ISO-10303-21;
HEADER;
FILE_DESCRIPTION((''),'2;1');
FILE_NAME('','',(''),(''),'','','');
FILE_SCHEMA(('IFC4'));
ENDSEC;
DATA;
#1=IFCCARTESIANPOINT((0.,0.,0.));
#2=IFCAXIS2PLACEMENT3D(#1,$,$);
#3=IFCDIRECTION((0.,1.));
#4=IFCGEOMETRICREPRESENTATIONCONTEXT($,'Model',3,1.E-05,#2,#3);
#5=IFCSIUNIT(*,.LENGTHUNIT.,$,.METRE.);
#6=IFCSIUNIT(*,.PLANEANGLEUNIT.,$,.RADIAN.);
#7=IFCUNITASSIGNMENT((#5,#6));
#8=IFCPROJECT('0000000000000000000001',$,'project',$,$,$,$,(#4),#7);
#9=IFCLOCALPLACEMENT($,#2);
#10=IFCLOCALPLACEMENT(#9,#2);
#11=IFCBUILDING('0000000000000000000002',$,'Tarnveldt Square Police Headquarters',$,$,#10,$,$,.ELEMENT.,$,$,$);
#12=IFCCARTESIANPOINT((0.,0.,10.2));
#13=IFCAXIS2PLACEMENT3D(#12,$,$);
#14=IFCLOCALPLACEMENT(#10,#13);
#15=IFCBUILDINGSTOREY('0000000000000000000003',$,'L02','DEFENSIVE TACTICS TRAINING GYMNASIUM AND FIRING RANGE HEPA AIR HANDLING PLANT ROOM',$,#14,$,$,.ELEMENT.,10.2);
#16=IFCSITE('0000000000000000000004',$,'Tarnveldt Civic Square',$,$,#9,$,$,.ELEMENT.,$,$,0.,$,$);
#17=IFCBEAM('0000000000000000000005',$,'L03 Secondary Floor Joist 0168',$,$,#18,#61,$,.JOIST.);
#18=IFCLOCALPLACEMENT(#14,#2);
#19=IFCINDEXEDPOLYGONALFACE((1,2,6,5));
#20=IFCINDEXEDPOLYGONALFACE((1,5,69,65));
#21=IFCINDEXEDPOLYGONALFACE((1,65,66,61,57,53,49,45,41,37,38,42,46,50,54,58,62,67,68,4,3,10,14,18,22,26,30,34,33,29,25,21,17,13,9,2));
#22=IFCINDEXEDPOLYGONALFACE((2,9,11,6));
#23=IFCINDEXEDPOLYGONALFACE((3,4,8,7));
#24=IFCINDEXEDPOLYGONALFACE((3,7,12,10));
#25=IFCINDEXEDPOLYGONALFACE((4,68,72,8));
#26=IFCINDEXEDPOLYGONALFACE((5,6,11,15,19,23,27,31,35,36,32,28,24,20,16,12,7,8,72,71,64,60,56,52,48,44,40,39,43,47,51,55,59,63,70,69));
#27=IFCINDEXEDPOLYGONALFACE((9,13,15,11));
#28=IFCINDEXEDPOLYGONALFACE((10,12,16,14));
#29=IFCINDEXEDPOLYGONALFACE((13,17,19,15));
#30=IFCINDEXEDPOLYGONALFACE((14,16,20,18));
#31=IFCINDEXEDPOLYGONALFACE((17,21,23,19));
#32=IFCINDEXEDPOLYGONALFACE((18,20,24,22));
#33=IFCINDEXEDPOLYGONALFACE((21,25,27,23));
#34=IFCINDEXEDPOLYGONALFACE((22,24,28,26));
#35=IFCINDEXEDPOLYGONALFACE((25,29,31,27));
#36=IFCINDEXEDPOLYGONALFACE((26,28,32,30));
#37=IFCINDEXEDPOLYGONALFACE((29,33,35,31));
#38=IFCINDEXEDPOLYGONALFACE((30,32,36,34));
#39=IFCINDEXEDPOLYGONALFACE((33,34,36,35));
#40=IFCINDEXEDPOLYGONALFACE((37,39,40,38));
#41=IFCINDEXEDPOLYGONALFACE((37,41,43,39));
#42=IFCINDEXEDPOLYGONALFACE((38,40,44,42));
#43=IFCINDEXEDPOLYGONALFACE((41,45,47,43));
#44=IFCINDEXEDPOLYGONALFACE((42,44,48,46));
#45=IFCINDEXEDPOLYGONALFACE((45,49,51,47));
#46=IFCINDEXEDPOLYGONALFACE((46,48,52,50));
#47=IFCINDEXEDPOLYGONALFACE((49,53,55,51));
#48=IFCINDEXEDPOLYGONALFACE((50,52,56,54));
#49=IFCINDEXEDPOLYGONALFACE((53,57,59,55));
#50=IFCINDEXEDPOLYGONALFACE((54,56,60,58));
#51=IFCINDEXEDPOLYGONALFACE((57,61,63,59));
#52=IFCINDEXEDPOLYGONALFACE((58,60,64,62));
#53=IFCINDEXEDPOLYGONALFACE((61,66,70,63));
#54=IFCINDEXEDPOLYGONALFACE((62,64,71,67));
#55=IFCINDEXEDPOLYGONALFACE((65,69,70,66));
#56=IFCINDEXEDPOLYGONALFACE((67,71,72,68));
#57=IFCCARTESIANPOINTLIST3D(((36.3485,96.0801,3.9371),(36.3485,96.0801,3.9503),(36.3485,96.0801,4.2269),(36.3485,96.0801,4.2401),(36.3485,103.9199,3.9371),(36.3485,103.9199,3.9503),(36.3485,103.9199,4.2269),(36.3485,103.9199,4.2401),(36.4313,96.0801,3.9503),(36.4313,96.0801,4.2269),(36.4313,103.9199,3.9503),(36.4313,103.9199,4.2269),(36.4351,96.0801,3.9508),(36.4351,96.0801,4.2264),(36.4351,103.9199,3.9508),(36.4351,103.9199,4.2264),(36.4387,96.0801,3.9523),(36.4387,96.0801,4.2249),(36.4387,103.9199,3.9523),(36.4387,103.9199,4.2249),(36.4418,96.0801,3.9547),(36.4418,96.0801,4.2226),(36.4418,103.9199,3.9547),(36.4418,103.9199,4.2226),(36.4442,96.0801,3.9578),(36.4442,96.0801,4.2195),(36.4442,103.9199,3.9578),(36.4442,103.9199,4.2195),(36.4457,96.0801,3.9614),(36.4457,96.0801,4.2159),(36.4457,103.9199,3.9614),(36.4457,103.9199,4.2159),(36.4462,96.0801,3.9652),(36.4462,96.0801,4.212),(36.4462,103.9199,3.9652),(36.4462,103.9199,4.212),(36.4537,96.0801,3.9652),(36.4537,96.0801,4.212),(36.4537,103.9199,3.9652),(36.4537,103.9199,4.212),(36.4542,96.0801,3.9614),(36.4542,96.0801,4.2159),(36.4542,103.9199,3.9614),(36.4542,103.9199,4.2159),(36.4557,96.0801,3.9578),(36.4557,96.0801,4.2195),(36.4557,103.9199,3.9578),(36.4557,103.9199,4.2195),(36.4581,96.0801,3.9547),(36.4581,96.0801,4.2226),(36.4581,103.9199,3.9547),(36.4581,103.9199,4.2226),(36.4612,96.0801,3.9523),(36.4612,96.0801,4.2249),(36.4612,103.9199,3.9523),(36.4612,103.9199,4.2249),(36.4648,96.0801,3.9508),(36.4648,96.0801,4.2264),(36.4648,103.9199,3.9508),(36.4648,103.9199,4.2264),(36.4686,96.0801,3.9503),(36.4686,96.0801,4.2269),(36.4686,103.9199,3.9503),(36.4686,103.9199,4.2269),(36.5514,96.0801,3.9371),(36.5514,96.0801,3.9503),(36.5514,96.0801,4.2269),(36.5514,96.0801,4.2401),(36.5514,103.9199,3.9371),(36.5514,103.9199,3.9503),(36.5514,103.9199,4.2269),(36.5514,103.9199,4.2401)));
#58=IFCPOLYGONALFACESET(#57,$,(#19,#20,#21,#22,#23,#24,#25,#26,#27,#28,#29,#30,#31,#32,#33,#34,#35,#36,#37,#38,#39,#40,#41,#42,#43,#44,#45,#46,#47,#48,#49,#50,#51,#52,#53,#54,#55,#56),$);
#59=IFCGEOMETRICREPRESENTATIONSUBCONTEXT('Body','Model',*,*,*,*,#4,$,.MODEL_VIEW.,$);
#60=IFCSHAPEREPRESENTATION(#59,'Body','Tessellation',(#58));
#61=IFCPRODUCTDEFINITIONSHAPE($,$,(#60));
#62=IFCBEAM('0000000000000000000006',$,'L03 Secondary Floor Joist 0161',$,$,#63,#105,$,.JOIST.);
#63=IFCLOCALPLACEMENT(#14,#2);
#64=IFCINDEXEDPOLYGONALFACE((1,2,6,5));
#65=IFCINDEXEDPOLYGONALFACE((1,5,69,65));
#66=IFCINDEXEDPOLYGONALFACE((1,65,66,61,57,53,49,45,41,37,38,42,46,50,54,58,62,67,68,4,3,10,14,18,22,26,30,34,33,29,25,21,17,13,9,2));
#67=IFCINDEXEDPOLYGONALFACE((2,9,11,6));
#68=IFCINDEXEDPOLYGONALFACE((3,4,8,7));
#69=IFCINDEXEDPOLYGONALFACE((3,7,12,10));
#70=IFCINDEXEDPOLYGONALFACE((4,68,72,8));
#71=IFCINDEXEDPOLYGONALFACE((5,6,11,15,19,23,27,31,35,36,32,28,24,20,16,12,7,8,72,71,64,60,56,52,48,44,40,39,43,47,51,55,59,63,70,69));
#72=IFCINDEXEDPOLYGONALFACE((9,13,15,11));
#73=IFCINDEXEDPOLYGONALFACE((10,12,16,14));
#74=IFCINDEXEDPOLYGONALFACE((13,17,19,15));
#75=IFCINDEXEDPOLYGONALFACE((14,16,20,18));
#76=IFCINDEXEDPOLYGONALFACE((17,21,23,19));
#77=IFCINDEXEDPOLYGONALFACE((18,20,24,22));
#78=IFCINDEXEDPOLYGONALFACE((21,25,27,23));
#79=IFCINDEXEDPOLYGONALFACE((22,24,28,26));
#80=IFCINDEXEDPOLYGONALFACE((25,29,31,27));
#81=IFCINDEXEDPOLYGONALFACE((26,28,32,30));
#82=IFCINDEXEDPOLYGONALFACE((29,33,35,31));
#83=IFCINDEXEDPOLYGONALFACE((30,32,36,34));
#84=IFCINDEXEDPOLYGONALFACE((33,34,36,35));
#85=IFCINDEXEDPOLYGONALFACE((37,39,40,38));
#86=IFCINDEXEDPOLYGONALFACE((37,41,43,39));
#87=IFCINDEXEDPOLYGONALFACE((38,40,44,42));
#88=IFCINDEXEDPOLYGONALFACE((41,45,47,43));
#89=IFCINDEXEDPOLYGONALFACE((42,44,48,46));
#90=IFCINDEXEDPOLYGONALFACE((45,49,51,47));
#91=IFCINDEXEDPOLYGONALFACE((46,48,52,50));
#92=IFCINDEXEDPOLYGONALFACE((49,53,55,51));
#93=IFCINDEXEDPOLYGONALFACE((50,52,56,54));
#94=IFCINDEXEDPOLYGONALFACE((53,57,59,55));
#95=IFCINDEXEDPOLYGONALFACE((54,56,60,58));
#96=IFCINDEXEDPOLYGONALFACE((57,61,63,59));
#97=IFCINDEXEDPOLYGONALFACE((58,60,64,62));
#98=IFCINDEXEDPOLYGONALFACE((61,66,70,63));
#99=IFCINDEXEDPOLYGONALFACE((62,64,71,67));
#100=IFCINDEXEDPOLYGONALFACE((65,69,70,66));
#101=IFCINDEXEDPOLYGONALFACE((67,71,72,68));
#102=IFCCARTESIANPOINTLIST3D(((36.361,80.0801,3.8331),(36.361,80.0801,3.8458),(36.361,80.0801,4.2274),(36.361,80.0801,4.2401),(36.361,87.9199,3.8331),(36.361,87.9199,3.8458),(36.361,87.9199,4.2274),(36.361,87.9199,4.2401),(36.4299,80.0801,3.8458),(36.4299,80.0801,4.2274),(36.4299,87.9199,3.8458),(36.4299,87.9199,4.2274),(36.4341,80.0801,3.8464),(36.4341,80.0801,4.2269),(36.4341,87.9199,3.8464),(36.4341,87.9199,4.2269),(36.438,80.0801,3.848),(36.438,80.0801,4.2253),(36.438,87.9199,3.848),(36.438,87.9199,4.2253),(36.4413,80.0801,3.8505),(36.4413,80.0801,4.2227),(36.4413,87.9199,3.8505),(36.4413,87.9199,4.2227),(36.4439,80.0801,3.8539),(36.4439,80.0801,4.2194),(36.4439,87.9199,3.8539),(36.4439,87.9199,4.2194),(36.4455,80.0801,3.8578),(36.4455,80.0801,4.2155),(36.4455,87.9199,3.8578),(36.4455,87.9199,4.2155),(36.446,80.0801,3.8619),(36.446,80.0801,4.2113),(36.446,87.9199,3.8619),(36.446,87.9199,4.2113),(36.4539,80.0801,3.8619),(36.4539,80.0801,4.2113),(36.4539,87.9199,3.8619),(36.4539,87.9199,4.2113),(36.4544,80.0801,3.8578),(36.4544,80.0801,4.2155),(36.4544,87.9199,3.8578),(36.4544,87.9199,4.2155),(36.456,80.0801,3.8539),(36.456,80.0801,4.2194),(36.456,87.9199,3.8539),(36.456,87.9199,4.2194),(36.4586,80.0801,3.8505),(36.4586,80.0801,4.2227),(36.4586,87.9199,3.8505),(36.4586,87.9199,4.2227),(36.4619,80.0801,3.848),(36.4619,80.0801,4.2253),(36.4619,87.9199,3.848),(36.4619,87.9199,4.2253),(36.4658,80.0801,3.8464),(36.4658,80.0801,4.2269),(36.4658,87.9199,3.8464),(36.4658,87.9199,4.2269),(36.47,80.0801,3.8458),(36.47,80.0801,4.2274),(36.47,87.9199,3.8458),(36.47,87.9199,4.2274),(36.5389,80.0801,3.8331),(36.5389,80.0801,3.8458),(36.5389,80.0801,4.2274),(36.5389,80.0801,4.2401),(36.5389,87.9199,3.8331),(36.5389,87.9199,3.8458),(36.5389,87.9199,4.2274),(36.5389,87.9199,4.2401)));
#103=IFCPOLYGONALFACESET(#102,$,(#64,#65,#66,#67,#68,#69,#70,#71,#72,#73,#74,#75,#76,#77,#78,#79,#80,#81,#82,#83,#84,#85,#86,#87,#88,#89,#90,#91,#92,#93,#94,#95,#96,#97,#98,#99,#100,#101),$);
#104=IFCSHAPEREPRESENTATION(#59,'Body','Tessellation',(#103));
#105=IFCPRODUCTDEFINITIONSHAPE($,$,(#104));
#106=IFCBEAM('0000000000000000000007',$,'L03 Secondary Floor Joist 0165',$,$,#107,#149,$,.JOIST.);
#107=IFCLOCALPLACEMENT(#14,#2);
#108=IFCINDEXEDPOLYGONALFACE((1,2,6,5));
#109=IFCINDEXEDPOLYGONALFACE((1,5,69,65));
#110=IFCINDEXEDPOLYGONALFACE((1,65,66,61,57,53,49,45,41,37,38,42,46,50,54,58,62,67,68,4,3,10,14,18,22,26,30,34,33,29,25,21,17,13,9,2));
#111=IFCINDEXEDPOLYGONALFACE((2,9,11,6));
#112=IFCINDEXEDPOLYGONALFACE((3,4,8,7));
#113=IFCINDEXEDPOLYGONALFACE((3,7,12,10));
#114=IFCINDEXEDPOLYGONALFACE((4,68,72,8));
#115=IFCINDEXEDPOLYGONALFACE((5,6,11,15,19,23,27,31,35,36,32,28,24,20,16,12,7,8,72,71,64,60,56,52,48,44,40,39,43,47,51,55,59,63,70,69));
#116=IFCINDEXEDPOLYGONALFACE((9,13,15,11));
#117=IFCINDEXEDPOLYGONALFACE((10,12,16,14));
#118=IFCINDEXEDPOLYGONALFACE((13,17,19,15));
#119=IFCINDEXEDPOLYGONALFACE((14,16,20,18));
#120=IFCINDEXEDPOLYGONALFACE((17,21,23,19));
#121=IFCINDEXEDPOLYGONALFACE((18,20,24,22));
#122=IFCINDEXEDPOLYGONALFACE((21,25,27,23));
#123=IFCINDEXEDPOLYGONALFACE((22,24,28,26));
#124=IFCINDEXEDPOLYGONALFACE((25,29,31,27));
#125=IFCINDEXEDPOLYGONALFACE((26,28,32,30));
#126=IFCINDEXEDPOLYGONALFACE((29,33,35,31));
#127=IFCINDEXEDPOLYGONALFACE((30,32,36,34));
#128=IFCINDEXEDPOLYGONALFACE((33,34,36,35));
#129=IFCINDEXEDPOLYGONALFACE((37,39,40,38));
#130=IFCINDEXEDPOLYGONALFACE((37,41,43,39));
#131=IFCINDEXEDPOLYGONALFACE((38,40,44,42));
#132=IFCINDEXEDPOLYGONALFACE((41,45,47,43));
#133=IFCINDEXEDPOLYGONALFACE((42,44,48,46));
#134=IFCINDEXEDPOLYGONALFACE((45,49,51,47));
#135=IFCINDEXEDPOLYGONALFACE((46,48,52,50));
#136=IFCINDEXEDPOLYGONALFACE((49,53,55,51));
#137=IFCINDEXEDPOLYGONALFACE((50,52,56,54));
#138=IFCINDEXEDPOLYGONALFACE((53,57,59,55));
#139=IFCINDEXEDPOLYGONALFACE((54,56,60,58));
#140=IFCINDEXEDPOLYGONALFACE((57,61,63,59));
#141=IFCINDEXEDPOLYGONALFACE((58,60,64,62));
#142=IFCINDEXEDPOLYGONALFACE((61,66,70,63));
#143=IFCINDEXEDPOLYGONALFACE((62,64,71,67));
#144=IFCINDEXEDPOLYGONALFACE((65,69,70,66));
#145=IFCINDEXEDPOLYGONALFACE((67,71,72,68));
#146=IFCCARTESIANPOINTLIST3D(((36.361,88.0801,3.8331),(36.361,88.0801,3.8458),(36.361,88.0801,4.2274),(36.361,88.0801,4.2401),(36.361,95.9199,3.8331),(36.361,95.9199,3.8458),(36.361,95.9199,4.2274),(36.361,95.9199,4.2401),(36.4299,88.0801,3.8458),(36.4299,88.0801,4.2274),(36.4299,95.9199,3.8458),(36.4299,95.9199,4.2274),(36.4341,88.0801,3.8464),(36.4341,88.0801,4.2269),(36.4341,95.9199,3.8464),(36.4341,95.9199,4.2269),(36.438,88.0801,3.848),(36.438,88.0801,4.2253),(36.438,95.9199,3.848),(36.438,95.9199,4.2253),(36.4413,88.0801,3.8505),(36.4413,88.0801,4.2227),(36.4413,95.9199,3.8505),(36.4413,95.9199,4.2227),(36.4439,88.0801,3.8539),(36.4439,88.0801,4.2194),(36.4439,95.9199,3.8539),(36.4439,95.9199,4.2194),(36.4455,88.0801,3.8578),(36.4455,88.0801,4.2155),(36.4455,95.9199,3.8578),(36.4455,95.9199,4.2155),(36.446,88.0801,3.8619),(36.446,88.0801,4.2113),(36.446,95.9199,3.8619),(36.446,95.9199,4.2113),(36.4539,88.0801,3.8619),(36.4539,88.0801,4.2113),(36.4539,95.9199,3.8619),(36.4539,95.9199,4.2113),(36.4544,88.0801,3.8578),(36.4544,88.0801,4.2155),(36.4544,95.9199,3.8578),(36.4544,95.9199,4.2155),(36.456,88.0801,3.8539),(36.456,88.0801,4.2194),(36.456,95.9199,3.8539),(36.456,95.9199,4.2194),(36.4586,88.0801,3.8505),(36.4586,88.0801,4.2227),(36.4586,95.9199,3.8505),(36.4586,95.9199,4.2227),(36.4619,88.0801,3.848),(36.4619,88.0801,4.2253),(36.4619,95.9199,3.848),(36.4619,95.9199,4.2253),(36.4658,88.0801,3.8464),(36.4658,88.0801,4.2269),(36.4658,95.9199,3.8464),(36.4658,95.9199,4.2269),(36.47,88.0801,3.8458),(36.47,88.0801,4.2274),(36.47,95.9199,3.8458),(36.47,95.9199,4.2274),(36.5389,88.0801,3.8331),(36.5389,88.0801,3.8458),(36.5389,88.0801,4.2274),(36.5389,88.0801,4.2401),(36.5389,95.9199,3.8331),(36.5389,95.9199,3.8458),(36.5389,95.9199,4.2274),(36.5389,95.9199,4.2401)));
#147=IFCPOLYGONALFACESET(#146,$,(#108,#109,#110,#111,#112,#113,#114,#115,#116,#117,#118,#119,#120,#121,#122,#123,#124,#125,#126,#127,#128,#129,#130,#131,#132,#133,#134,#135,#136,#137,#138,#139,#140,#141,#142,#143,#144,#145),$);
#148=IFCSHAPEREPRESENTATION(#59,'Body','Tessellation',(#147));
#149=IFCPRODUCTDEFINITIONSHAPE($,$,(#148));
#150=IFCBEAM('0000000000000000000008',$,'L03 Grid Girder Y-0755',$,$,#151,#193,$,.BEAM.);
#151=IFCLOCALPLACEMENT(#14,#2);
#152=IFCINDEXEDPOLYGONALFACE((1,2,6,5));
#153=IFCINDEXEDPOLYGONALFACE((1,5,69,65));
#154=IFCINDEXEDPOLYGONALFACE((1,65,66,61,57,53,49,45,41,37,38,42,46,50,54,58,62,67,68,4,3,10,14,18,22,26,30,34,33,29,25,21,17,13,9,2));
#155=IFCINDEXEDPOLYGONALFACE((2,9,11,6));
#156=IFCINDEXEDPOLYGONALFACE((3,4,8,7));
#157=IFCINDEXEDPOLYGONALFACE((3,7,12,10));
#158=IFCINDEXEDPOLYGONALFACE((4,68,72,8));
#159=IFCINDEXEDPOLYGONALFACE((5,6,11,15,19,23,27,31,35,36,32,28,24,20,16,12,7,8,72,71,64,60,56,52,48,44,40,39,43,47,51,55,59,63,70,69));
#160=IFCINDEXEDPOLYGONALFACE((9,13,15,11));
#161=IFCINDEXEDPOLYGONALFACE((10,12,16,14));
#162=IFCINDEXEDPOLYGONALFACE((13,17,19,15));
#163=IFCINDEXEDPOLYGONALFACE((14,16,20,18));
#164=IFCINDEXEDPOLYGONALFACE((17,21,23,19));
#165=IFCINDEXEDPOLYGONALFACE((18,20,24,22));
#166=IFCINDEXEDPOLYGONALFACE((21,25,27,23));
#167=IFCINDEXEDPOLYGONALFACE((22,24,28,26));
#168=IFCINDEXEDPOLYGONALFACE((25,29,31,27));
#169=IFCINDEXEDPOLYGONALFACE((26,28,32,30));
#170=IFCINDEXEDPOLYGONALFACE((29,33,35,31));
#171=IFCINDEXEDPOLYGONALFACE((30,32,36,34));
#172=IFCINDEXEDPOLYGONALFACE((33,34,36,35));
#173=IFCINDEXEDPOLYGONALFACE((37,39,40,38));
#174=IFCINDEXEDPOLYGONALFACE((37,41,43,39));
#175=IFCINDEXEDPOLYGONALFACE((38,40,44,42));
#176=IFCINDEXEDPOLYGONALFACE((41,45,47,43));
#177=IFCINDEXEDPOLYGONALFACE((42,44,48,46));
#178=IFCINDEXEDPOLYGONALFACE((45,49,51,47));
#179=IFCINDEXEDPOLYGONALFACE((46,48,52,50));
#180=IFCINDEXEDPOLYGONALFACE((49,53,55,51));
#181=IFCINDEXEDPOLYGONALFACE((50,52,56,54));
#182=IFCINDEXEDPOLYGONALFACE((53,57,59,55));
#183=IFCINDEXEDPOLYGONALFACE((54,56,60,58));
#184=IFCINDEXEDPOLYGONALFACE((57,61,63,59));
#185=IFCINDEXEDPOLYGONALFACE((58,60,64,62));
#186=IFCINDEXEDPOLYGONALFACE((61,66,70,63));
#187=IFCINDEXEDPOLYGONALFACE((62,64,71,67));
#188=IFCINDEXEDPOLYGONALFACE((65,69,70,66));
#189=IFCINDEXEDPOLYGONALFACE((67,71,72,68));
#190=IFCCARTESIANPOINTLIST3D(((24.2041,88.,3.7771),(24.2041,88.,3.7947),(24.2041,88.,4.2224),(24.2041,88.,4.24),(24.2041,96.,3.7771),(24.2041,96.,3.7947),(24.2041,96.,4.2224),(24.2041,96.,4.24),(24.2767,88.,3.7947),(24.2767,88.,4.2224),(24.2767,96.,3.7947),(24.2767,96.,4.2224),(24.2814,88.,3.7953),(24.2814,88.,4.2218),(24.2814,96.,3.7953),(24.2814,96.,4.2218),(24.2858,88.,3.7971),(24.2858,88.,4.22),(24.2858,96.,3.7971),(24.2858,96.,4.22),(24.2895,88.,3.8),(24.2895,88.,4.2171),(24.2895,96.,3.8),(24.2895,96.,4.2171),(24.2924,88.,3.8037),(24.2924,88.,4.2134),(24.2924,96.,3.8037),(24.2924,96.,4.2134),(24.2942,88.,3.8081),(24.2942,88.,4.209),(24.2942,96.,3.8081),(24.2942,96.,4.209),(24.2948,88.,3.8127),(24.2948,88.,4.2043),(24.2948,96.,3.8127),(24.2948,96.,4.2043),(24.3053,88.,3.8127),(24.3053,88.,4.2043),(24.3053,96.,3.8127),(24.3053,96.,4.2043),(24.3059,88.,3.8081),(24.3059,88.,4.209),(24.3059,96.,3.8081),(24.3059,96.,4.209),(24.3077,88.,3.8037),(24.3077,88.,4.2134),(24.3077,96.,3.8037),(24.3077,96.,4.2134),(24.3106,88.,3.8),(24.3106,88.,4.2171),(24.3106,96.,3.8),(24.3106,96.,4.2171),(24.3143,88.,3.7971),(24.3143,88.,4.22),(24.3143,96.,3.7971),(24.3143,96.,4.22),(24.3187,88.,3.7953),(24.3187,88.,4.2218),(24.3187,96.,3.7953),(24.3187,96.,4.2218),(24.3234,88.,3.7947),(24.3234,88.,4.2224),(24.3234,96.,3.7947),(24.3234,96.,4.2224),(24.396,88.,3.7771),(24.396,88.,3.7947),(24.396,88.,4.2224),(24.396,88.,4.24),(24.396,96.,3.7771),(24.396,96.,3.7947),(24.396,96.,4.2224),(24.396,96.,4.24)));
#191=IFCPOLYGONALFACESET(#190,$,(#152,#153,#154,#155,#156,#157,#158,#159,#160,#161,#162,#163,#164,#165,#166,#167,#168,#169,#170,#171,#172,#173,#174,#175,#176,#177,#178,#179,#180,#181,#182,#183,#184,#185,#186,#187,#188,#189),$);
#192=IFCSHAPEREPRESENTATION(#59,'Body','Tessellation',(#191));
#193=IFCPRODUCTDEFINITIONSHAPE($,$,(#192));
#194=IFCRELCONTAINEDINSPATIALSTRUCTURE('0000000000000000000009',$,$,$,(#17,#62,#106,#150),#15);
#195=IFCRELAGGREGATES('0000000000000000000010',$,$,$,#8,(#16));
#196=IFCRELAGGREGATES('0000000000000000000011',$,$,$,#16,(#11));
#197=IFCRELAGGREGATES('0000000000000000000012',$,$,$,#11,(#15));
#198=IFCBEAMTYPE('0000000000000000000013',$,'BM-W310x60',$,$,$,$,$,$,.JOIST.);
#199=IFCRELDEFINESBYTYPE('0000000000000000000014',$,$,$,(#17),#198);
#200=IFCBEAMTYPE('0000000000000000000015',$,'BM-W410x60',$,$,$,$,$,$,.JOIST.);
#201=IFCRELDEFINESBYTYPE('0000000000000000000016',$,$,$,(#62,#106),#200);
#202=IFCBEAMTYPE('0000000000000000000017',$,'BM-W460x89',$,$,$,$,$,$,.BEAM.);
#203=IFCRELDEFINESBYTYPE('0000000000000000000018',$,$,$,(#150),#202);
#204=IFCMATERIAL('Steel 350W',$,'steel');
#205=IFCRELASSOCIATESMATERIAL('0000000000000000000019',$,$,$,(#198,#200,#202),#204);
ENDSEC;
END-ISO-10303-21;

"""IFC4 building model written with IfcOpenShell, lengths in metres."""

from ifc_helpers import new_model, si_unit, direction, frame, origin, origin_2d, place, context, subcontext, project, spatial, i_section, extrude, material, material_profile, profile_set, type_object, element, save


model = new_model("IFC4")

# Units and contexts
model_context = context("Model", 3, precision=1e-05, world=origin(), true_north=direction((0.0, 1.0)))
body_context = subcontext(model_context, "Body", "Model", "MODEL_VIEW")
ifc_project = project(units=[si_unit("LENGTHUNIT", "METRE"), si_unit("PLANEANGLEUNIT", "RADIAN")], contexts=[model_context])

# Site, building, storey
site_placement = place(None, origin())
site = spatial("IfcSite", under=ifc_project, at=site_placement, Name="Tarnveldt Civic Square", CompositionType="ELEMENT", RefElevation=0.0)
building_placement = place(site_placement, origin())
building = spatial("IfcBuilding", under=site, at=building_placement, Name="Tarnveldt Square Police Headquarters", CompositionType="ELEMENT")
storey_placement = place(building_placement, frame((0.0, 0.0, 10.2)))
storey = spatial("IfcBuildingStorey", under=building, at=storey_placement, Name="L02", Description="DEFENSIVE TACTICS TRAINING GYMNASIUM AND FIRING RANGE HEPA AIR HANDLING PLANT ROOM", CompositionType="ELEMENT", Elevation=10.2)

# Beams
ifc_material_1 = material(Name="Steel 350W", Category="steel")
ifc_material_profile_1 = material_profile(ifc_material_1, i_section(OverallWidth=0.2029, OverallDepth=0.303, WebThickness=0.0076, FlangeThickness=0.0132, FilletRadius=0.0149, at=origin_2d()), Name="W310x60")
ifc_profile_set_1 = profile_set([ifc_material_profile_1], Name="Steel 350W")
beam_type_1 = type_object("IfcBeamType", Name="BM-W310x60", PredefinedType="JOIST", material=ifc_profile_set_1)
for number, where, z_axis, x_axis, name in (
    (1, (36.45, 96.0801, 4.0886), (0.0, 1.0, 0.0), (-1.0, 0.0, 0.0), "L03 Secondary Floor Joist 0168"),
):
    element("IfcBeam", number, at=place(storey_placement, frame(where, z_axis=z_axis, x_axis=x_axis)), inside=storey, type_object=beam_type_1, Name=name, PredefinedType="JOIST", context=body_context, shape_type="SweptSolid", body=[
        extrude(i_section(OverallWidth=0.2029, OverallDepth=0.303, WebThickness=0.0076, FlangeThickness=0.0132, FilletRadius=0.0149, at=origin_2d()), origin(), (0.0, 0.0, 1.0), 7.8398),
    ])
ifc_material_profile_2 = material_profile(ifc_material_1, i_section(OverallWidth=0.178, OverallDepth=0.407, WebThickness=0.0078, FlangeThickness=0.0127, FilletRadius=0.0161, at=origin_2d()), Name="W410x60")
ifc_profile_set_2 = profile_set([ifc_material_profile_2], Name="Steel 350W")
beam_type_2 = type_object("IfcBeamType", Name="BM-W410x60", PredefinedType="JOIST", material=ifc_profile_set_2)
for number, where, z_axis, x_axis, name in (
    (2, (36.45, 80.0801, 4.0366), (0.0, 1.0, 0.0), (-1.0, 0.0, 0.0), "L03 Secondary Floor Joist 0161"),
    (3, (36.45, 88.0801, 4.0366), (0.0, 1.0, 0.0), (-1.0, 0.0, 0.0), "L03 Secondary Floor Joist 0165"),
):
    element("IfcBeam", number, at=place(storey_placement, frame(where, z_axis=z_axis, x_axis=x_axis)), inside=storey, type_object=beam_type_2, Name=name, PredefinedType="JOIST", context=body_context, shape_type="SweptSolid", body=[
        extrude(i_section(OverallWidth=0.178, OverallDepth=0.407, WebThickness=0.0078, FlangeThickness=0.0127, FilletRadius=0.0161, at=origin_2d()), origin(), (0.0, 0.0, 1.0), 7.8398),
    ])
ifc_material_profile_3 = material_profile(ifc_material_1, i_section(OverallWidth=0.1919, OverallDepth=0.4629, WebThickness=0.0105, FlangeThickness=0.0176, FilletRadius=0.0181, at=origin_2d()), Name="W460x89")
ifc_profile_set_3 = profile_set([ifc_material_profile_3], Name="Steel 350W")
beam_type_3 = type_object("IfcBeamType", Name="BM-W460x89", PredefinedType="BEAM", material=ifc_profile_set_3)
for number, where, z_axis, x_axis, name in (
    (4, (24.3, 88.0, 4.0085), (0.0, 1.0, 0.0), (-1.0, 0.0, 0.0), "L03 Grid Girder Y-0755"),
):
    element("IfcBeam", number, at=place(storey_placement, frame(where, z_axis=z_axis, x_axis=x_axis)), inside=storey, type_object=beam_type_3, Name=name, PredefinedType="BEAM", context=body_context, shape_type="SweptSolid", body=[
        extrude(i_section(OverallWidth=0.1919, OverallDepth=0.4629, WebThickness=0.0105, FlangeThickness=0.0176, FilletRadius=0.0181, at=origin_2d()), origin(), (0.0, 0.0, 1.0), 8.0),
    ])

save(model, "model.ifc")
